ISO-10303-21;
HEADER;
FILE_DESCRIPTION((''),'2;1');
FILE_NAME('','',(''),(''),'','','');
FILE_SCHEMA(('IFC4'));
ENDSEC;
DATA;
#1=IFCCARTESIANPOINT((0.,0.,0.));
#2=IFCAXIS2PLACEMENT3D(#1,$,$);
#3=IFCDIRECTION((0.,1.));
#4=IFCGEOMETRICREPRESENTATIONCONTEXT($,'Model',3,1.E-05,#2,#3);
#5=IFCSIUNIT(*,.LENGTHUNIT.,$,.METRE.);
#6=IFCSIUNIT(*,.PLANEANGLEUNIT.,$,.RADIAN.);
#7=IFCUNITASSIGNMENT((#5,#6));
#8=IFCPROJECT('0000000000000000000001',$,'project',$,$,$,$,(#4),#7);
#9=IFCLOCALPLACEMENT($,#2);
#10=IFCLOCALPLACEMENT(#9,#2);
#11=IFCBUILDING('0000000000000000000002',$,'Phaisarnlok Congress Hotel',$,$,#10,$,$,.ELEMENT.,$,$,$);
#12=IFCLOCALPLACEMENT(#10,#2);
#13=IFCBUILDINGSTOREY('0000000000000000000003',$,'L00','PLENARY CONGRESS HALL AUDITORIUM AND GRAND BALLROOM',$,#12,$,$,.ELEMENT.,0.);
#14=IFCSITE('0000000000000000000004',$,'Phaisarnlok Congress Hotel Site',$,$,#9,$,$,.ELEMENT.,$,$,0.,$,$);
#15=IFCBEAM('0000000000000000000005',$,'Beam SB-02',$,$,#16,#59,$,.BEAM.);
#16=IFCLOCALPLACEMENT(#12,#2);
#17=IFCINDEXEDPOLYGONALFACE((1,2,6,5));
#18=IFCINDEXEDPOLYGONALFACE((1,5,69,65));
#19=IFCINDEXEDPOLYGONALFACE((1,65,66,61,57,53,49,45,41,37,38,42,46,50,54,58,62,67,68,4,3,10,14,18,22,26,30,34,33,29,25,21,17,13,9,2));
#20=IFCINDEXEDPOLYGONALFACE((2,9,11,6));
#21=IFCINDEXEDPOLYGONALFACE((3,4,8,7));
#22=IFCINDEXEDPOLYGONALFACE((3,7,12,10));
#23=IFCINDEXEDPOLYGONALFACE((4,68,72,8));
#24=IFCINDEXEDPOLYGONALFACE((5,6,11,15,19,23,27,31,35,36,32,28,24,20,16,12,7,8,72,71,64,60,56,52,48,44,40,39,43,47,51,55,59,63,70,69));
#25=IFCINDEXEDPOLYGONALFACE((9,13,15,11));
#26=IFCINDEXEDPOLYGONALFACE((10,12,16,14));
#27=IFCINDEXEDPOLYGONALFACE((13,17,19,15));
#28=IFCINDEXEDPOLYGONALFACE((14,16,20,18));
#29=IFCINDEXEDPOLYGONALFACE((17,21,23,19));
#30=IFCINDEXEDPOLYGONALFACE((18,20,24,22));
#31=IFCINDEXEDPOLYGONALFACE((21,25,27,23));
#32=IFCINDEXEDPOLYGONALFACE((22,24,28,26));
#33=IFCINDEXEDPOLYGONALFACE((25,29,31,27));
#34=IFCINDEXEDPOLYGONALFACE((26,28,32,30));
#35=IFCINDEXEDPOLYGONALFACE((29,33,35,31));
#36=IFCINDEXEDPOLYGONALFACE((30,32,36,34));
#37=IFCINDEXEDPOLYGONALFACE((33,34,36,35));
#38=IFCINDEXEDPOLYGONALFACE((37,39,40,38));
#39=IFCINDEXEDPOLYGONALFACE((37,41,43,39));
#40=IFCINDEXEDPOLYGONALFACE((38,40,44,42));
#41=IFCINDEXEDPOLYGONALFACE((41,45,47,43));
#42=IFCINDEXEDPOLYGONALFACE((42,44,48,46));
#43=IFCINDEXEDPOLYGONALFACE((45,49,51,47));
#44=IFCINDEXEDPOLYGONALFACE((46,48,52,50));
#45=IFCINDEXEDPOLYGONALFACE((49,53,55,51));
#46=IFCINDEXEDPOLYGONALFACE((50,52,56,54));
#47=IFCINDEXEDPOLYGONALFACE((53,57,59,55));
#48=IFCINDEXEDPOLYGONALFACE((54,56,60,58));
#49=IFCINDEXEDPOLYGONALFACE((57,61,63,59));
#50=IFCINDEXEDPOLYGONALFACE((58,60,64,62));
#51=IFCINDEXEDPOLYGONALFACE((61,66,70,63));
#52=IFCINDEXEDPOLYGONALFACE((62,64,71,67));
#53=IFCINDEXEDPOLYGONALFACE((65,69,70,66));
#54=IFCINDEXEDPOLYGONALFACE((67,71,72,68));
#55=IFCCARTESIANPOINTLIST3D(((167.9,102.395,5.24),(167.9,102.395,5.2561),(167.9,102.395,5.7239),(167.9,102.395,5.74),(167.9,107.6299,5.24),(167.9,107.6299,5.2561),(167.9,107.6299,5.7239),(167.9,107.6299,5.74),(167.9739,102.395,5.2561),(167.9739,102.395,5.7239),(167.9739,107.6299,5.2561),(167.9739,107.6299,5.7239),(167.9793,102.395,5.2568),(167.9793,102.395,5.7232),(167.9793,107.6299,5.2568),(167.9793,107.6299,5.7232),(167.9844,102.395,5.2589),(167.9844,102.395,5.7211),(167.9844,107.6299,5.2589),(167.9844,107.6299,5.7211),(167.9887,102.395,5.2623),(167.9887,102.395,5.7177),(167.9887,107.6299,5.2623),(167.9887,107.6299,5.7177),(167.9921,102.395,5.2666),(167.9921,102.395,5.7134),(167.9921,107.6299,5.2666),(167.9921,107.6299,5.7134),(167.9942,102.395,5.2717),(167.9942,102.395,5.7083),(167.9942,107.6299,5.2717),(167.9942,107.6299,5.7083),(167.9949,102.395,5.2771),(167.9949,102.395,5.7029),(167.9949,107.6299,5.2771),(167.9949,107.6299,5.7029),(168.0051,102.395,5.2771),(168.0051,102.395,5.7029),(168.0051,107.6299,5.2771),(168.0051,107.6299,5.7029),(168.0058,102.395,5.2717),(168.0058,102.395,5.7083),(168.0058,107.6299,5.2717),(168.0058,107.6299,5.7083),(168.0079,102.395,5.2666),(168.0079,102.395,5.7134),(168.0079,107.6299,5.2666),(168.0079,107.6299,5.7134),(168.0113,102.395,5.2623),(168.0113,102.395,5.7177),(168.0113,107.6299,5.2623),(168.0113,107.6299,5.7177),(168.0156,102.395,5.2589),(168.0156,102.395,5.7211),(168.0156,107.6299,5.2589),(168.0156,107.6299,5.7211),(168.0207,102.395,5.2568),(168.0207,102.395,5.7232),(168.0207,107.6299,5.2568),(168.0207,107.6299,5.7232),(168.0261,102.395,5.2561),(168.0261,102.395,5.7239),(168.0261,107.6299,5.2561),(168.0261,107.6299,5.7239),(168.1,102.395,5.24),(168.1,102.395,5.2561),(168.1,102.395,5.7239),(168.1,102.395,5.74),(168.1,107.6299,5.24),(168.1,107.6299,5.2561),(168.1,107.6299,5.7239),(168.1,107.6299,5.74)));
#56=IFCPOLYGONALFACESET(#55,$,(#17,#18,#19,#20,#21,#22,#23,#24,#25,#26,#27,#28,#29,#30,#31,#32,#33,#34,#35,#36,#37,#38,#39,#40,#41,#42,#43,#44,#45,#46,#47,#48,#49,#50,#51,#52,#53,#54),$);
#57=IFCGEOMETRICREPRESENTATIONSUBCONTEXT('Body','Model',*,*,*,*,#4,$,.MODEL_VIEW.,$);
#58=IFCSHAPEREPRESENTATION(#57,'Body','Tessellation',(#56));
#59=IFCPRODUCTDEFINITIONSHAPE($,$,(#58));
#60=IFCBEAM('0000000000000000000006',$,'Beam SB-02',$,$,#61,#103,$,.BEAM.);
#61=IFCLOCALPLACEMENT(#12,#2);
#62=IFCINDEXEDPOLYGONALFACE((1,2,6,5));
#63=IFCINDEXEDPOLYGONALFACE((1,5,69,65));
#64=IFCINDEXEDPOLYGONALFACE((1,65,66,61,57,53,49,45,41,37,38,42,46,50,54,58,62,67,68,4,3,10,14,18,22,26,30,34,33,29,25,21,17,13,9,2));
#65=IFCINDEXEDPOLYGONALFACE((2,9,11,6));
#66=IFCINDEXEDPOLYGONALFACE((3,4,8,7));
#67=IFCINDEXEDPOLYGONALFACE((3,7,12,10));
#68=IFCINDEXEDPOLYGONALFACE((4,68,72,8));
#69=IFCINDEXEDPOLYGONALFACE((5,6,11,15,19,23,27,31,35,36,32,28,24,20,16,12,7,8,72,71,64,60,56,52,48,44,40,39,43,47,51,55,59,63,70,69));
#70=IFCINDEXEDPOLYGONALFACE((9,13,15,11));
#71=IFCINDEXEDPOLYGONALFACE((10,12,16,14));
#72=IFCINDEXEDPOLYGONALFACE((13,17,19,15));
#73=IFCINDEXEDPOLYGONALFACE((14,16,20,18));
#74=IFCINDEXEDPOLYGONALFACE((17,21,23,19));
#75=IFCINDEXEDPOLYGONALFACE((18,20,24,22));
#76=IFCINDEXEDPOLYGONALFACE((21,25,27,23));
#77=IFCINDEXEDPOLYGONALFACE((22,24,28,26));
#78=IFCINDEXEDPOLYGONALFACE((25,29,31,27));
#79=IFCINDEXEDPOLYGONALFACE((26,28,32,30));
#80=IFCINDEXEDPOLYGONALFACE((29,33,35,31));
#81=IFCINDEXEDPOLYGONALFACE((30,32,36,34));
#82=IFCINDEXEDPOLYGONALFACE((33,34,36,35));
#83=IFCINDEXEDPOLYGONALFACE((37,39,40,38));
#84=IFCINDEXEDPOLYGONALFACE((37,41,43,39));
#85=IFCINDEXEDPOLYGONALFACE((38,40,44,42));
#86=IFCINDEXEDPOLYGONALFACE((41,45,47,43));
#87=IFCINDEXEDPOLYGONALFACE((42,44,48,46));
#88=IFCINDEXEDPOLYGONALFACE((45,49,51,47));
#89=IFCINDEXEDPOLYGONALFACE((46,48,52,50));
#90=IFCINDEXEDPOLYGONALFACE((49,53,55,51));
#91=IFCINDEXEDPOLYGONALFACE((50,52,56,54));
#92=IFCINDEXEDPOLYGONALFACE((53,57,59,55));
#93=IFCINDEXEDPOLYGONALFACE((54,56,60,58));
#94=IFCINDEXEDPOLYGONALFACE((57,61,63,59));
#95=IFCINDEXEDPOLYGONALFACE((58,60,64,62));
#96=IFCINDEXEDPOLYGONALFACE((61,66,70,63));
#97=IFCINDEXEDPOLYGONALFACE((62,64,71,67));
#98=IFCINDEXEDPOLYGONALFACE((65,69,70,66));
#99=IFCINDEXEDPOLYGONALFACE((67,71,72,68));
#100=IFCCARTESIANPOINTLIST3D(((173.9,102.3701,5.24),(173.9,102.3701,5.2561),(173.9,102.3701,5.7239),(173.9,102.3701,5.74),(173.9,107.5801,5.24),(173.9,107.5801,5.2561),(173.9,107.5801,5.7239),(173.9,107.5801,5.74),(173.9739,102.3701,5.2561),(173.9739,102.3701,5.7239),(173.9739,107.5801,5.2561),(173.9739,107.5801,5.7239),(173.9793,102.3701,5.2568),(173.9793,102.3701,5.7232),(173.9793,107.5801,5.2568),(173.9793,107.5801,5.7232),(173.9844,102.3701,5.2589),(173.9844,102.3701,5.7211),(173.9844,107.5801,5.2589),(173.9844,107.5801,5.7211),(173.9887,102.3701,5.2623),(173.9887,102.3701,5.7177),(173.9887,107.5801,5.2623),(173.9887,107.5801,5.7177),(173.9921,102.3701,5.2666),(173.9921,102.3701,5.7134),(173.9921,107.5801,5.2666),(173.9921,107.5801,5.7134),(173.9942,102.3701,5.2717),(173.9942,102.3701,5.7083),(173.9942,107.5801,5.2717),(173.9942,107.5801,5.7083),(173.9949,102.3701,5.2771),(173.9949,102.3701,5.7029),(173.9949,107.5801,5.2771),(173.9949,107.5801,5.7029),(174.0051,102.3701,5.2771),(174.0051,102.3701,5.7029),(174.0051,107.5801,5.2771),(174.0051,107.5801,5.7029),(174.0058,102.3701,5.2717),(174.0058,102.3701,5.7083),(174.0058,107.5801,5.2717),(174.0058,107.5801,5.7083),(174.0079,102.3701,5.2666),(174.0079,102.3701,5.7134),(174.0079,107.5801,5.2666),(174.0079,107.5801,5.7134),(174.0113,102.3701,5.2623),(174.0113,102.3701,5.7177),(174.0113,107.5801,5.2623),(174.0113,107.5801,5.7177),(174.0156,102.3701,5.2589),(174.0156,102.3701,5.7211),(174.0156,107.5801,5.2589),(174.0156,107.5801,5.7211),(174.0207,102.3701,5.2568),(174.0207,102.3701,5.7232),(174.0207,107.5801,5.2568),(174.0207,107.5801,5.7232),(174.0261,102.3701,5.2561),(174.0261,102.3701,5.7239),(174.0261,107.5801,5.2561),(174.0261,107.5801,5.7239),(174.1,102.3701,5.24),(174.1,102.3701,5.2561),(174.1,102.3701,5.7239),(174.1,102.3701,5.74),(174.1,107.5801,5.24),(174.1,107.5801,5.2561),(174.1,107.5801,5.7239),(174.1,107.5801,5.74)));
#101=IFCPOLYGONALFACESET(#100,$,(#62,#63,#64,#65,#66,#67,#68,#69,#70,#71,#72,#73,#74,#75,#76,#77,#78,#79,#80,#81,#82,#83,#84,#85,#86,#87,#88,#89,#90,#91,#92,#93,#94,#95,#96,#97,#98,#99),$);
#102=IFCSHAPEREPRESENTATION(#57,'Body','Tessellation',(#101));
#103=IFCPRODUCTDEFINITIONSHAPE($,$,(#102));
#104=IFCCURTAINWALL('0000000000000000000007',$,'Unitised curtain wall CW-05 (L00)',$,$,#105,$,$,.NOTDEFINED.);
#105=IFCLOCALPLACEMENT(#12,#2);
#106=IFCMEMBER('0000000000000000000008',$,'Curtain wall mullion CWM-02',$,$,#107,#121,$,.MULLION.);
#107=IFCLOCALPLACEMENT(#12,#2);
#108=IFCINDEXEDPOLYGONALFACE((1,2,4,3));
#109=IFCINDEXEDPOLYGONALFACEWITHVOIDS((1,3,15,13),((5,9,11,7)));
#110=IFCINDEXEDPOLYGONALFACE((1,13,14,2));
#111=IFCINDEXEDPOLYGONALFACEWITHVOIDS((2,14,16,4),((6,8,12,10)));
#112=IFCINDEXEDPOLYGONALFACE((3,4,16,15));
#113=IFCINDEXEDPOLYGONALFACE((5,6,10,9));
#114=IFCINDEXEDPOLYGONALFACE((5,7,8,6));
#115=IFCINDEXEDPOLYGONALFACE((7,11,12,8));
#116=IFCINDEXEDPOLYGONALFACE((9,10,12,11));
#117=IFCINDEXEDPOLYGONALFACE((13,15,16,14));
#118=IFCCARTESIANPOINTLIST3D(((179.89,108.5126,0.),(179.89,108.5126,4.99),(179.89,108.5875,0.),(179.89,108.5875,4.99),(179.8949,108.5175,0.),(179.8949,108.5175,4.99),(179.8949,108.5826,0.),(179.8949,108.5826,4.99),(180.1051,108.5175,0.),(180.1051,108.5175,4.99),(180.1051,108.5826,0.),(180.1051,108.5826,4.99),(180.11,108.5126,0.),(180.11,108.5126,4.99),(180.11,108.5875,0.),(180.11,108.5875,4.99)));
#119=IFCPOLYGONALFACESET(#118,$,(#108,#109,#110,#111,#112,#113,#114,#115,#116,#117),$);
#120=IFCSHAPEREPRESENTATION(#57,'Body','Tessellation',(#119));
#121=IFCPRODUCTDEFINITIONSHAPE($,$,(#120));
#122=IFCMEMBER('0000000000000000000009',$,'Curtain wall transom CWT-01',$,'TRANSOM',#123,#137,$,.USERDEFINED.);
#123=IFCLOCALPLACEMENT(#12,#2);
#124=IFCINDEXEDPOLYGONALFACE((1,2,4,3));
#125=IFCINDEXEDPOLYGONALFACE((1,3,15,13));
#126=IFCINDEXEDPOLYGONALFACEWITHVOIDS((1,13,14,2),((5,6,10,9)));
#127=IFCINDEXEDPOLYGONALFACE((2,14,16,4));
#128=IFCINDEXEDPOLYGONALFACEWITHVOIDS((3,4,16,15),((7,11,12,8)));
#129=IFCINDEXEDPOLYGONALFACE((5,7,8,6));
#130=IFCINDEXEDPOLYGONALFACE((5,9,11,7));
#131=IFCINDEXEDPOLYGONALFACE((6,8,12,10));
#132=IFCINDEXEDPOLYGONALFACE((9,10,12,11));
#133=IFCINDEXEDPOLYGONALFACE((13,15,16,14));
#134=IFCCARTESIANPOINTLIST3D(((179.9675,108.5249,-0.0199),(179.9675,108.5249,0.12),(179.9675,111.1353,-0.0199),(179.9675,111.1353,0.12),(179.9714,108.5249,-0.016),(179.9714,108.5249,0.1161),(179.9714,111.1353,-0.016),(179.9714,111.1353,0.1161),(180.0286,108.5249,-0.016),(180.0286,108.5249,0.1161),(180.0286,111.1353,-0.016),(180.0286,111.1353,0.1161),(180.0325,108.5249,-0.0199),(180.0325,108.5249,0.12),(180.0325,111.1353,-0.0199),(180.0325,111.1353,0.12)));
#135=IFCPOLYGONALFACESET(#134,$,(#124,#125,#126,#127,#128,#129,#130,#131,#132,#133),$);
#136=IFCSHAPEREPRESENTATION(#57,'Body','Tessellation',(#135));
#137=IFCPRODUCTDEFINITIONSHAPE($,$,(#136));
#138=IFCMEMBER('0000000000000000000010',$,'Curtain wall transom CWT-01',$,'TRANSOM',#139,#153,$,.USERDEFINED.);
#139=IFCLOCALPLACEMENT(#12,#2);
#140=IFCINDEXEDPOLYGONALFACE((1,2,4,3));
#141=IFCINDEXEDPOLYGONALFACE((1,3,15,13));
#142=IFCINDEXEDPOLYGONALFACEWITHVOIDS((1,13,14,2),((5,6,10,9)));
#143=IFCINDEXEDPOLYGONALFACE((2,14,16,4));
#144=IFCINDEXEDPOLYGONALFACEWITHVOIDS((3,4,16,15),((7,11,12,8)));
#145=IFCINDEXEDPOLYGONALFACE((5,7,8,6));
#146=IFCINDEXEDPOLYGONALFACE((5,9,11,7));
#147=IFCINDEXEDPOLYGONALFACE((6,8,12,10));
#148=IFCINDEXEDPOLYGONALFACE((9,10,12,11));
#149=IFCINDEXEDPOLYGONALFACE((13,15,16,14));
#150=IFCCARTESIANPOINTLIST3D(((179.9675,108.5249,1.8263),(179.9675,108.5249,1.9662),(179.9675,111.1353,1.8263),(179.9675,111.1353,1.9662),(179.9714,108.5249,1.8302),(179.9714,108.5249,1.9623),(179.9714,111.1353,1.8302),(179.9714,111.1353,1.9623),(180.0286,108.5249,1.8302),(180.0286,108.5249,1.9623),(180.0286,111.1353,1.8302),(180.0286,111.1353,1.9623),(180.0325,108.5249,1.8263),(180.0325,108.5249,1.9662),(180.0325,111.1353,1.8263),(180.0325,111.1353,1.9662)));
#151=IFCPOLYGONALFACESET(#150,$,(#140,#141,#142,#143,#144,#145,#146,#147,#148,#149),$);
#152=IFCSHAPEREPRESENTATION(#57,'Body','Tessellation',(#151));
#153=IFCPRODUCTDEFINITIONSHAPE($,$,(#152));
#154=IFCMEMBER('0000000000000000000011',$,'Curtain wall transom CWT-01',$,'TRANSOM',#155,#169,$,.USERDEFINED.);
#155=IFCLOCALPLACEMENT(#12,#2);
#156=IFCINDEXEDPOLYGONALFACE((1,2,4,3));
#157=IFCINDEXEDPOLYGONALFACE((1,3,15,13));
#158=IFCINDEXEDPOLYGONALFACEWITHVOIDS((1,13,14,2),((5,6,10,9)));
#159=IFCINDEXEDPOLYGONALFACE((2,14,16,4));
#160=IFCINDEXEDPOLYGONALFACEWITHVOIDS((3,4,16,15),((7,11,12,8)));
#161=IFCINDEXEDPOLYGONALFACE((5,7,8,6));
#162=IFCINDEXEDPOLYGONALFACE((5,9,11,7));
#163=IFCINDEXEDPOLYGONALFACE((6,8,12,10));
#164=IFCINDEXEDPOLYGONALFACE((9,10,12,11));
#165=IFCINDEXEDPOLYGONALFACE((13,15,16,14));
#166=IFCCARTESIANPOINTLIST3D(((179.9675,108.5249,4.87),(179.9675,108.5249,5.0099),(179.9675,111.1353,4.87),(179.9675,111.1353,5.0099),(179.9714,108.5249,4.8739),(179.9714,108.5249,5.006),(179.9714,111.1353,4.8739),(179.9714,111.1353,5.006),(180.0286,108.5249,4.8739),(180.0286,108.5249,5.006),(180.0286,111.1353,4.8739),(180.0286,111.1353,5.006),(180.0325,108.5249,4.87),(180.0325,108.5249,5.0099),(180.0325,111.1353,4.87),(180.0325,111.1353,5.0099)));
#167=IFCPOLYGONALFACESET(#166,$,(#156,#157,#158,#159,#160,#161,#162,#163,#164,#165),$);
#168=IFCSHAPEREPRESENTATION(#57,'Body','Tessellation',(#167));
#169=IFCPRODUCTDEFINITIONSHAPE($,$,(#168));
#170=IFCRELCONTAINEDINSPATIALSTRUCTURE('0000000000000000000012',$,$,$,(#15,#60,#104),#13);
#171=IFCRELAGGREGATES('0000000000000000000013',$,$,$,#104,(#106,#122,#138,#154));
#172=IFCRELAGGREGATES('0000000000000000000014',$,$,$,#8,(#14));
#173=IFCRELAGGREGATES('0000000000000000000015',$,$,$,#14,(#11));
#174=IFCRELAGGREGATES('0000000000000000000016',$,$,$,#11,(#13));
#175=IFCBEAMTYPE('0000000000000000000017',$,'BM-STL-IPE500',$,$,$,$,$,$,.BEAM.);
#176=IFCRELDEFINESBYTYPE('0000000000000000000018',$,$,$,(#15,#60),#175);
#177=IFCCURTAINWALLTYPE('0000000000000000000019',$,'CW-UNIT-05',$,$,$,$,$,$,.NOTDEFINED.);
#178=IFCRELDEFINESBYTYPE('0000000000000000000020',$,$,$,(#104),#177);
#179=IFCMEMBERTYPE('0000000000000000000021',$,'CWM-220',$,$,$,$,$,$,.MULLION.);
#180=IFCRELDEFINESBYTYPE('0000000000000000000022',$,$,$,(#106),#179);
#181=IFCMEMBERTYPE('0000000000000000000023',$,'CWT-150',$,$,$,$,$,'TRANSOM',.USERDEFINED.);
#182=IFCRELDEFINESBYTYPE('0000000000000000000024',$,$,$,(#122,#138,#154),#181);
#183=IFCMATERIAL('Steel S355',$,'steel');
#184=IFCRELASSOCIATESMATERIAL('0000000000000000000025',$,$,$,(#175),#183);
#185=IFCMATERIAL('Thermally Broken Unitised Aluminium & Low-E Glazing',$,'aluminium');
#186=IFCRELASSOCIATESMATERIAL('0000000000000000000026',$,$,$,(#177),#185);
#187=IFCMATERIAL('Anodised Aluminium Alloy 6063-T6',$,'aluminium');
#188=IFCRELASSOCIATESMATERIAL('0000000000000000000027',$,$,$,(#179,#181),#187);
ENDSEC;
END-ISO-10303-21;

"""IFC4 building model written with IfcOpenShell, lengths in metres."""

from ifc_helpers import new_model, si_unit, direction, frame, origin, origin_2d, place, context, subcontext, project, spatial, hollow_rectangle, i_section, extrude, material, material_profile, profile_set, type_object, element, aggregate, save


model = new_model("IFC4")

# Units and contexts
model_context = context("Model", 3, precision=1e-05, world=origin(), true_north=direction((0.0, 1.0)))
body_context = subcontext(model_context, "Body", "Model", "MODEL_VIEW")
ifc_project = project(units=[si_unit("LENGTHUNIT", "METRE"), si_unit("PLANEANGLEUNIT", "RADIAN")], contexts=[model_context])

# Site, building, storey
site_placement = place(None, origin())
site = spatial("IfcSite", under=ifc_project, at=site_placement, Name="Phaisarnlok Congress Hotel Site", CompositionType="ELEMENT", RefElevation=0.0)
building_placement = place(site_placement, origin())
building = spatial("IfcBuilding", under=site, at=building_placement, Name="Phaisarnlok Congress Hotel", CompositionType="ELEMENT")
storey_placement = place(building_placement, origin())
storey = spatial("IfcBuildingStorey", under=building, at=storey_placement, Name="L00", Description="PLENARY CONGRESS HALL AUDITORIUM AND GRAND BALLROOM", CompositionType="ELEMENT", Elevation=0.0)

# Beams
ifc_material_1 = material(Name="Steel S355", Category="steel")
ifc_material_profile_1 = material_profile(ifc_material_1, i_section(OverallWidth=0.2, OverallDepth=0.5, WebThickness=0.0103, FlangeThickness=0.0161, FilletRadius=0.021, at=origin_2d()), Name="IPE 500")
ifc_profile_set_1 = profile_set([ifc_material_profile_1], Name="Steel S355")
beam_type_1 = type_object("IfcBeamType", Name="BM-STL-IPE500", PredefinedType="BEAM", material=ifc_profile_set_1)
beam_1_placement = place(storey_placement, frame((168.0, 102.395, 5.49), z_axis=(0.0, 1.0, 0.0), x_axis=(-1.0, 0.0, 0.0)))
element("IfcBeam", 1, at=beam_1_placement, inside=storey, type_object=beam_type_1, Name="Beam SB-02", PredefinedType="BEAM", context=body_context, shape_type="SweptSolid", body=[
    extrude(i_section(OverallWidth=0.2, OverallDepth=0.5, WebThickness=0.0103, FlangeThickness=0.0161, FilletRadius=0.021, at=origin_2d()), origin(), (0.0, 0.0, 1.0), 5.2349),
])
beam_2_placement = place(storey_placement, frame((174.0, 102.3701, 5.49), z_axis=(0.0, 1.0, 0.0), x_axis=(-1.0, 0.0, 0.0)))
element("IfcBeam", 2, at=beam_2_placement, inside=storey, type_object=beam_type_1, Name="Beam SB-02", PredefinedType="BEAM", context=body_context, shape_type="SweptSolid", body=[
    extrude(i_section(OverallWidth=0.2, OverallDepth=0.5, WebThickness=0.0103, FlangeThickness=0.0161, FilletRadius=0.021, at=origin_2d()), origin(), (0.0, 0.0, 1.0), 5.21),
])

# Curtain wall, members
ifc_material_2 = material(Name="Thermally Broken Unitised Aluminium & Low-E Glazing", Category="aluminium")
curtain_wall_type = type_object("IfcCurtainWallType", Name="CW-UNIT-05", PredefinedType="NOTDEFINED", material=ifc_material_2)
curtain_wall_placement = place(storey_placement, origin())
curtain_wall = element("IfcCurtainWall", 3, at=curtain_wall_placement, inside=storey, type_object=curtain_wall_type, Name="Unitised curtain wall CW-05 (L00)", PredefinedType="NOTDEFINED")
ifc_material_3 = material(Name="Anodised Aluminium Alloy 6063-T6", Category="aluminium")
ifc_material_profile_2 = material_profile(ifc_material_3, hollow_rectangle(XDim=0.075, YDim=0.22, WallThickness=0.0049, at=origin_2d()), Name="ALU-M 75x220x5")
ifc_profile_set_2 = profile_set([ifc_material_profile_2], Name="Anodised Aluminium Alloy 6063-T6")
member_type_1 = type_object("IfcMemberType", Name="CWM-220", PredefinedType="MULLION", material=ifc_profile_set_2)
member_1_placement = place(storey_placement, frame((180.0, 108.55, 0.0), z_axis=(0.0, 0.0, 1.0), x_axis=(0.0, 1.0, 0.0)))
member_1 = element("IfcMember", 4, at=member_1_placement, type_object=member_type_1, Name="Curtain wall mullion CWM-02", PredefinedType="MULLION", context=body_context, shape_type="SweptSolid", body=[
    extrude(hollow_rectangle(XDim=0.075, YDim=0.22, WallThickness=0.0049, at=origin_2d()), origin(), (0.0, 0.0, 1.0), 4.99),
])
ifc_material_profile_3 = material_profile(ifc_material_3, hollow_rectangle(XDim=0.0649, YDim=0.1399, WallThickness=0.0039, at=origin_2d()), Name="ALU-T 65x140x4")
ifc_profile_set_3 = profile_set([ifc_material_profile_3], Name="Anodised Aluminium Alloy 6063-T6")
member_type_2 = type_object("IfcMemberType", Name="CWT-150", ElementType="TRANSOM", PredefinedType="USERDEFINED", material=ifc_profile_set_3)
member_2_placement = place(storey_placement, frame((180.0, 108.5249, 0.05), z_axis=(0.0, 1.0, 0.0), x_axis=(-1.0, 0.0, 0.0)))
member_2 = element("IfcMember", 5, at=member_2_placement, type_object=member_type_2, Name="Curtain wall transom CWT-01", ObjectType="TRANSOM", PredefinedType="USERDEFINED", context=body_context, shape_type="SweptSolid", body=[
    extrude(hollow_rectangle(XDim=0.0649, YDim=0.1399, WallThickness=0.0039, at=origin_2d()), origin(), (0.0, 0.0, 1.0), 2.6104),
])
member_3_placement = place(storey_placement, frame((180.0, 108.5249, 1.8962), z_axis=(0.0, 1.0, 0.0), x_axis=(-1.0, 0.0, 0.0)))
member_3 = element("IfcMember", 6, at=member_3_placement, type_object=member_type_2, Name="Curtain wall transom CWT-01", ObjectType="TRANSOM", PredefinedType="USERDEFINED", context=body_context, shape_type="SweptSolid", body=[
    extrude(hollow_rectangle(XDim=0.0649, YDim=0.1399, WallThickness=0.0039, at=origin_2d()), origin(), (0.0, 0.0, 1.0), 2.6104),
])
member_4_placement = place(storey_placement, frame((180.0, 108.5249, 4.9399), z_axis=(0.0, 1.0, 0.0), x_axis=(-1.0, 0.0, 0.0)))
member_4 = element("IfcMember", 7, at=member_4_placement, type_object=member_type_2, Name="Curtain wall transom CWT-01", ObjectType="TRANSOM", PredefinedType="USERDEFINED", context=body_context, shape_type="SweptSolid", body=[
    extrude(hollow_rectangle(XDim=0.0649, YDim=0.1399, WallThickness=0.0039, at=origin_2d()), origin(), (0.0, 0.0, 1.0), 2.6104),
])

aggregate(curtain_wall, [member_1, member_2, member_3, member_4])

save(model, "model.ifc")
